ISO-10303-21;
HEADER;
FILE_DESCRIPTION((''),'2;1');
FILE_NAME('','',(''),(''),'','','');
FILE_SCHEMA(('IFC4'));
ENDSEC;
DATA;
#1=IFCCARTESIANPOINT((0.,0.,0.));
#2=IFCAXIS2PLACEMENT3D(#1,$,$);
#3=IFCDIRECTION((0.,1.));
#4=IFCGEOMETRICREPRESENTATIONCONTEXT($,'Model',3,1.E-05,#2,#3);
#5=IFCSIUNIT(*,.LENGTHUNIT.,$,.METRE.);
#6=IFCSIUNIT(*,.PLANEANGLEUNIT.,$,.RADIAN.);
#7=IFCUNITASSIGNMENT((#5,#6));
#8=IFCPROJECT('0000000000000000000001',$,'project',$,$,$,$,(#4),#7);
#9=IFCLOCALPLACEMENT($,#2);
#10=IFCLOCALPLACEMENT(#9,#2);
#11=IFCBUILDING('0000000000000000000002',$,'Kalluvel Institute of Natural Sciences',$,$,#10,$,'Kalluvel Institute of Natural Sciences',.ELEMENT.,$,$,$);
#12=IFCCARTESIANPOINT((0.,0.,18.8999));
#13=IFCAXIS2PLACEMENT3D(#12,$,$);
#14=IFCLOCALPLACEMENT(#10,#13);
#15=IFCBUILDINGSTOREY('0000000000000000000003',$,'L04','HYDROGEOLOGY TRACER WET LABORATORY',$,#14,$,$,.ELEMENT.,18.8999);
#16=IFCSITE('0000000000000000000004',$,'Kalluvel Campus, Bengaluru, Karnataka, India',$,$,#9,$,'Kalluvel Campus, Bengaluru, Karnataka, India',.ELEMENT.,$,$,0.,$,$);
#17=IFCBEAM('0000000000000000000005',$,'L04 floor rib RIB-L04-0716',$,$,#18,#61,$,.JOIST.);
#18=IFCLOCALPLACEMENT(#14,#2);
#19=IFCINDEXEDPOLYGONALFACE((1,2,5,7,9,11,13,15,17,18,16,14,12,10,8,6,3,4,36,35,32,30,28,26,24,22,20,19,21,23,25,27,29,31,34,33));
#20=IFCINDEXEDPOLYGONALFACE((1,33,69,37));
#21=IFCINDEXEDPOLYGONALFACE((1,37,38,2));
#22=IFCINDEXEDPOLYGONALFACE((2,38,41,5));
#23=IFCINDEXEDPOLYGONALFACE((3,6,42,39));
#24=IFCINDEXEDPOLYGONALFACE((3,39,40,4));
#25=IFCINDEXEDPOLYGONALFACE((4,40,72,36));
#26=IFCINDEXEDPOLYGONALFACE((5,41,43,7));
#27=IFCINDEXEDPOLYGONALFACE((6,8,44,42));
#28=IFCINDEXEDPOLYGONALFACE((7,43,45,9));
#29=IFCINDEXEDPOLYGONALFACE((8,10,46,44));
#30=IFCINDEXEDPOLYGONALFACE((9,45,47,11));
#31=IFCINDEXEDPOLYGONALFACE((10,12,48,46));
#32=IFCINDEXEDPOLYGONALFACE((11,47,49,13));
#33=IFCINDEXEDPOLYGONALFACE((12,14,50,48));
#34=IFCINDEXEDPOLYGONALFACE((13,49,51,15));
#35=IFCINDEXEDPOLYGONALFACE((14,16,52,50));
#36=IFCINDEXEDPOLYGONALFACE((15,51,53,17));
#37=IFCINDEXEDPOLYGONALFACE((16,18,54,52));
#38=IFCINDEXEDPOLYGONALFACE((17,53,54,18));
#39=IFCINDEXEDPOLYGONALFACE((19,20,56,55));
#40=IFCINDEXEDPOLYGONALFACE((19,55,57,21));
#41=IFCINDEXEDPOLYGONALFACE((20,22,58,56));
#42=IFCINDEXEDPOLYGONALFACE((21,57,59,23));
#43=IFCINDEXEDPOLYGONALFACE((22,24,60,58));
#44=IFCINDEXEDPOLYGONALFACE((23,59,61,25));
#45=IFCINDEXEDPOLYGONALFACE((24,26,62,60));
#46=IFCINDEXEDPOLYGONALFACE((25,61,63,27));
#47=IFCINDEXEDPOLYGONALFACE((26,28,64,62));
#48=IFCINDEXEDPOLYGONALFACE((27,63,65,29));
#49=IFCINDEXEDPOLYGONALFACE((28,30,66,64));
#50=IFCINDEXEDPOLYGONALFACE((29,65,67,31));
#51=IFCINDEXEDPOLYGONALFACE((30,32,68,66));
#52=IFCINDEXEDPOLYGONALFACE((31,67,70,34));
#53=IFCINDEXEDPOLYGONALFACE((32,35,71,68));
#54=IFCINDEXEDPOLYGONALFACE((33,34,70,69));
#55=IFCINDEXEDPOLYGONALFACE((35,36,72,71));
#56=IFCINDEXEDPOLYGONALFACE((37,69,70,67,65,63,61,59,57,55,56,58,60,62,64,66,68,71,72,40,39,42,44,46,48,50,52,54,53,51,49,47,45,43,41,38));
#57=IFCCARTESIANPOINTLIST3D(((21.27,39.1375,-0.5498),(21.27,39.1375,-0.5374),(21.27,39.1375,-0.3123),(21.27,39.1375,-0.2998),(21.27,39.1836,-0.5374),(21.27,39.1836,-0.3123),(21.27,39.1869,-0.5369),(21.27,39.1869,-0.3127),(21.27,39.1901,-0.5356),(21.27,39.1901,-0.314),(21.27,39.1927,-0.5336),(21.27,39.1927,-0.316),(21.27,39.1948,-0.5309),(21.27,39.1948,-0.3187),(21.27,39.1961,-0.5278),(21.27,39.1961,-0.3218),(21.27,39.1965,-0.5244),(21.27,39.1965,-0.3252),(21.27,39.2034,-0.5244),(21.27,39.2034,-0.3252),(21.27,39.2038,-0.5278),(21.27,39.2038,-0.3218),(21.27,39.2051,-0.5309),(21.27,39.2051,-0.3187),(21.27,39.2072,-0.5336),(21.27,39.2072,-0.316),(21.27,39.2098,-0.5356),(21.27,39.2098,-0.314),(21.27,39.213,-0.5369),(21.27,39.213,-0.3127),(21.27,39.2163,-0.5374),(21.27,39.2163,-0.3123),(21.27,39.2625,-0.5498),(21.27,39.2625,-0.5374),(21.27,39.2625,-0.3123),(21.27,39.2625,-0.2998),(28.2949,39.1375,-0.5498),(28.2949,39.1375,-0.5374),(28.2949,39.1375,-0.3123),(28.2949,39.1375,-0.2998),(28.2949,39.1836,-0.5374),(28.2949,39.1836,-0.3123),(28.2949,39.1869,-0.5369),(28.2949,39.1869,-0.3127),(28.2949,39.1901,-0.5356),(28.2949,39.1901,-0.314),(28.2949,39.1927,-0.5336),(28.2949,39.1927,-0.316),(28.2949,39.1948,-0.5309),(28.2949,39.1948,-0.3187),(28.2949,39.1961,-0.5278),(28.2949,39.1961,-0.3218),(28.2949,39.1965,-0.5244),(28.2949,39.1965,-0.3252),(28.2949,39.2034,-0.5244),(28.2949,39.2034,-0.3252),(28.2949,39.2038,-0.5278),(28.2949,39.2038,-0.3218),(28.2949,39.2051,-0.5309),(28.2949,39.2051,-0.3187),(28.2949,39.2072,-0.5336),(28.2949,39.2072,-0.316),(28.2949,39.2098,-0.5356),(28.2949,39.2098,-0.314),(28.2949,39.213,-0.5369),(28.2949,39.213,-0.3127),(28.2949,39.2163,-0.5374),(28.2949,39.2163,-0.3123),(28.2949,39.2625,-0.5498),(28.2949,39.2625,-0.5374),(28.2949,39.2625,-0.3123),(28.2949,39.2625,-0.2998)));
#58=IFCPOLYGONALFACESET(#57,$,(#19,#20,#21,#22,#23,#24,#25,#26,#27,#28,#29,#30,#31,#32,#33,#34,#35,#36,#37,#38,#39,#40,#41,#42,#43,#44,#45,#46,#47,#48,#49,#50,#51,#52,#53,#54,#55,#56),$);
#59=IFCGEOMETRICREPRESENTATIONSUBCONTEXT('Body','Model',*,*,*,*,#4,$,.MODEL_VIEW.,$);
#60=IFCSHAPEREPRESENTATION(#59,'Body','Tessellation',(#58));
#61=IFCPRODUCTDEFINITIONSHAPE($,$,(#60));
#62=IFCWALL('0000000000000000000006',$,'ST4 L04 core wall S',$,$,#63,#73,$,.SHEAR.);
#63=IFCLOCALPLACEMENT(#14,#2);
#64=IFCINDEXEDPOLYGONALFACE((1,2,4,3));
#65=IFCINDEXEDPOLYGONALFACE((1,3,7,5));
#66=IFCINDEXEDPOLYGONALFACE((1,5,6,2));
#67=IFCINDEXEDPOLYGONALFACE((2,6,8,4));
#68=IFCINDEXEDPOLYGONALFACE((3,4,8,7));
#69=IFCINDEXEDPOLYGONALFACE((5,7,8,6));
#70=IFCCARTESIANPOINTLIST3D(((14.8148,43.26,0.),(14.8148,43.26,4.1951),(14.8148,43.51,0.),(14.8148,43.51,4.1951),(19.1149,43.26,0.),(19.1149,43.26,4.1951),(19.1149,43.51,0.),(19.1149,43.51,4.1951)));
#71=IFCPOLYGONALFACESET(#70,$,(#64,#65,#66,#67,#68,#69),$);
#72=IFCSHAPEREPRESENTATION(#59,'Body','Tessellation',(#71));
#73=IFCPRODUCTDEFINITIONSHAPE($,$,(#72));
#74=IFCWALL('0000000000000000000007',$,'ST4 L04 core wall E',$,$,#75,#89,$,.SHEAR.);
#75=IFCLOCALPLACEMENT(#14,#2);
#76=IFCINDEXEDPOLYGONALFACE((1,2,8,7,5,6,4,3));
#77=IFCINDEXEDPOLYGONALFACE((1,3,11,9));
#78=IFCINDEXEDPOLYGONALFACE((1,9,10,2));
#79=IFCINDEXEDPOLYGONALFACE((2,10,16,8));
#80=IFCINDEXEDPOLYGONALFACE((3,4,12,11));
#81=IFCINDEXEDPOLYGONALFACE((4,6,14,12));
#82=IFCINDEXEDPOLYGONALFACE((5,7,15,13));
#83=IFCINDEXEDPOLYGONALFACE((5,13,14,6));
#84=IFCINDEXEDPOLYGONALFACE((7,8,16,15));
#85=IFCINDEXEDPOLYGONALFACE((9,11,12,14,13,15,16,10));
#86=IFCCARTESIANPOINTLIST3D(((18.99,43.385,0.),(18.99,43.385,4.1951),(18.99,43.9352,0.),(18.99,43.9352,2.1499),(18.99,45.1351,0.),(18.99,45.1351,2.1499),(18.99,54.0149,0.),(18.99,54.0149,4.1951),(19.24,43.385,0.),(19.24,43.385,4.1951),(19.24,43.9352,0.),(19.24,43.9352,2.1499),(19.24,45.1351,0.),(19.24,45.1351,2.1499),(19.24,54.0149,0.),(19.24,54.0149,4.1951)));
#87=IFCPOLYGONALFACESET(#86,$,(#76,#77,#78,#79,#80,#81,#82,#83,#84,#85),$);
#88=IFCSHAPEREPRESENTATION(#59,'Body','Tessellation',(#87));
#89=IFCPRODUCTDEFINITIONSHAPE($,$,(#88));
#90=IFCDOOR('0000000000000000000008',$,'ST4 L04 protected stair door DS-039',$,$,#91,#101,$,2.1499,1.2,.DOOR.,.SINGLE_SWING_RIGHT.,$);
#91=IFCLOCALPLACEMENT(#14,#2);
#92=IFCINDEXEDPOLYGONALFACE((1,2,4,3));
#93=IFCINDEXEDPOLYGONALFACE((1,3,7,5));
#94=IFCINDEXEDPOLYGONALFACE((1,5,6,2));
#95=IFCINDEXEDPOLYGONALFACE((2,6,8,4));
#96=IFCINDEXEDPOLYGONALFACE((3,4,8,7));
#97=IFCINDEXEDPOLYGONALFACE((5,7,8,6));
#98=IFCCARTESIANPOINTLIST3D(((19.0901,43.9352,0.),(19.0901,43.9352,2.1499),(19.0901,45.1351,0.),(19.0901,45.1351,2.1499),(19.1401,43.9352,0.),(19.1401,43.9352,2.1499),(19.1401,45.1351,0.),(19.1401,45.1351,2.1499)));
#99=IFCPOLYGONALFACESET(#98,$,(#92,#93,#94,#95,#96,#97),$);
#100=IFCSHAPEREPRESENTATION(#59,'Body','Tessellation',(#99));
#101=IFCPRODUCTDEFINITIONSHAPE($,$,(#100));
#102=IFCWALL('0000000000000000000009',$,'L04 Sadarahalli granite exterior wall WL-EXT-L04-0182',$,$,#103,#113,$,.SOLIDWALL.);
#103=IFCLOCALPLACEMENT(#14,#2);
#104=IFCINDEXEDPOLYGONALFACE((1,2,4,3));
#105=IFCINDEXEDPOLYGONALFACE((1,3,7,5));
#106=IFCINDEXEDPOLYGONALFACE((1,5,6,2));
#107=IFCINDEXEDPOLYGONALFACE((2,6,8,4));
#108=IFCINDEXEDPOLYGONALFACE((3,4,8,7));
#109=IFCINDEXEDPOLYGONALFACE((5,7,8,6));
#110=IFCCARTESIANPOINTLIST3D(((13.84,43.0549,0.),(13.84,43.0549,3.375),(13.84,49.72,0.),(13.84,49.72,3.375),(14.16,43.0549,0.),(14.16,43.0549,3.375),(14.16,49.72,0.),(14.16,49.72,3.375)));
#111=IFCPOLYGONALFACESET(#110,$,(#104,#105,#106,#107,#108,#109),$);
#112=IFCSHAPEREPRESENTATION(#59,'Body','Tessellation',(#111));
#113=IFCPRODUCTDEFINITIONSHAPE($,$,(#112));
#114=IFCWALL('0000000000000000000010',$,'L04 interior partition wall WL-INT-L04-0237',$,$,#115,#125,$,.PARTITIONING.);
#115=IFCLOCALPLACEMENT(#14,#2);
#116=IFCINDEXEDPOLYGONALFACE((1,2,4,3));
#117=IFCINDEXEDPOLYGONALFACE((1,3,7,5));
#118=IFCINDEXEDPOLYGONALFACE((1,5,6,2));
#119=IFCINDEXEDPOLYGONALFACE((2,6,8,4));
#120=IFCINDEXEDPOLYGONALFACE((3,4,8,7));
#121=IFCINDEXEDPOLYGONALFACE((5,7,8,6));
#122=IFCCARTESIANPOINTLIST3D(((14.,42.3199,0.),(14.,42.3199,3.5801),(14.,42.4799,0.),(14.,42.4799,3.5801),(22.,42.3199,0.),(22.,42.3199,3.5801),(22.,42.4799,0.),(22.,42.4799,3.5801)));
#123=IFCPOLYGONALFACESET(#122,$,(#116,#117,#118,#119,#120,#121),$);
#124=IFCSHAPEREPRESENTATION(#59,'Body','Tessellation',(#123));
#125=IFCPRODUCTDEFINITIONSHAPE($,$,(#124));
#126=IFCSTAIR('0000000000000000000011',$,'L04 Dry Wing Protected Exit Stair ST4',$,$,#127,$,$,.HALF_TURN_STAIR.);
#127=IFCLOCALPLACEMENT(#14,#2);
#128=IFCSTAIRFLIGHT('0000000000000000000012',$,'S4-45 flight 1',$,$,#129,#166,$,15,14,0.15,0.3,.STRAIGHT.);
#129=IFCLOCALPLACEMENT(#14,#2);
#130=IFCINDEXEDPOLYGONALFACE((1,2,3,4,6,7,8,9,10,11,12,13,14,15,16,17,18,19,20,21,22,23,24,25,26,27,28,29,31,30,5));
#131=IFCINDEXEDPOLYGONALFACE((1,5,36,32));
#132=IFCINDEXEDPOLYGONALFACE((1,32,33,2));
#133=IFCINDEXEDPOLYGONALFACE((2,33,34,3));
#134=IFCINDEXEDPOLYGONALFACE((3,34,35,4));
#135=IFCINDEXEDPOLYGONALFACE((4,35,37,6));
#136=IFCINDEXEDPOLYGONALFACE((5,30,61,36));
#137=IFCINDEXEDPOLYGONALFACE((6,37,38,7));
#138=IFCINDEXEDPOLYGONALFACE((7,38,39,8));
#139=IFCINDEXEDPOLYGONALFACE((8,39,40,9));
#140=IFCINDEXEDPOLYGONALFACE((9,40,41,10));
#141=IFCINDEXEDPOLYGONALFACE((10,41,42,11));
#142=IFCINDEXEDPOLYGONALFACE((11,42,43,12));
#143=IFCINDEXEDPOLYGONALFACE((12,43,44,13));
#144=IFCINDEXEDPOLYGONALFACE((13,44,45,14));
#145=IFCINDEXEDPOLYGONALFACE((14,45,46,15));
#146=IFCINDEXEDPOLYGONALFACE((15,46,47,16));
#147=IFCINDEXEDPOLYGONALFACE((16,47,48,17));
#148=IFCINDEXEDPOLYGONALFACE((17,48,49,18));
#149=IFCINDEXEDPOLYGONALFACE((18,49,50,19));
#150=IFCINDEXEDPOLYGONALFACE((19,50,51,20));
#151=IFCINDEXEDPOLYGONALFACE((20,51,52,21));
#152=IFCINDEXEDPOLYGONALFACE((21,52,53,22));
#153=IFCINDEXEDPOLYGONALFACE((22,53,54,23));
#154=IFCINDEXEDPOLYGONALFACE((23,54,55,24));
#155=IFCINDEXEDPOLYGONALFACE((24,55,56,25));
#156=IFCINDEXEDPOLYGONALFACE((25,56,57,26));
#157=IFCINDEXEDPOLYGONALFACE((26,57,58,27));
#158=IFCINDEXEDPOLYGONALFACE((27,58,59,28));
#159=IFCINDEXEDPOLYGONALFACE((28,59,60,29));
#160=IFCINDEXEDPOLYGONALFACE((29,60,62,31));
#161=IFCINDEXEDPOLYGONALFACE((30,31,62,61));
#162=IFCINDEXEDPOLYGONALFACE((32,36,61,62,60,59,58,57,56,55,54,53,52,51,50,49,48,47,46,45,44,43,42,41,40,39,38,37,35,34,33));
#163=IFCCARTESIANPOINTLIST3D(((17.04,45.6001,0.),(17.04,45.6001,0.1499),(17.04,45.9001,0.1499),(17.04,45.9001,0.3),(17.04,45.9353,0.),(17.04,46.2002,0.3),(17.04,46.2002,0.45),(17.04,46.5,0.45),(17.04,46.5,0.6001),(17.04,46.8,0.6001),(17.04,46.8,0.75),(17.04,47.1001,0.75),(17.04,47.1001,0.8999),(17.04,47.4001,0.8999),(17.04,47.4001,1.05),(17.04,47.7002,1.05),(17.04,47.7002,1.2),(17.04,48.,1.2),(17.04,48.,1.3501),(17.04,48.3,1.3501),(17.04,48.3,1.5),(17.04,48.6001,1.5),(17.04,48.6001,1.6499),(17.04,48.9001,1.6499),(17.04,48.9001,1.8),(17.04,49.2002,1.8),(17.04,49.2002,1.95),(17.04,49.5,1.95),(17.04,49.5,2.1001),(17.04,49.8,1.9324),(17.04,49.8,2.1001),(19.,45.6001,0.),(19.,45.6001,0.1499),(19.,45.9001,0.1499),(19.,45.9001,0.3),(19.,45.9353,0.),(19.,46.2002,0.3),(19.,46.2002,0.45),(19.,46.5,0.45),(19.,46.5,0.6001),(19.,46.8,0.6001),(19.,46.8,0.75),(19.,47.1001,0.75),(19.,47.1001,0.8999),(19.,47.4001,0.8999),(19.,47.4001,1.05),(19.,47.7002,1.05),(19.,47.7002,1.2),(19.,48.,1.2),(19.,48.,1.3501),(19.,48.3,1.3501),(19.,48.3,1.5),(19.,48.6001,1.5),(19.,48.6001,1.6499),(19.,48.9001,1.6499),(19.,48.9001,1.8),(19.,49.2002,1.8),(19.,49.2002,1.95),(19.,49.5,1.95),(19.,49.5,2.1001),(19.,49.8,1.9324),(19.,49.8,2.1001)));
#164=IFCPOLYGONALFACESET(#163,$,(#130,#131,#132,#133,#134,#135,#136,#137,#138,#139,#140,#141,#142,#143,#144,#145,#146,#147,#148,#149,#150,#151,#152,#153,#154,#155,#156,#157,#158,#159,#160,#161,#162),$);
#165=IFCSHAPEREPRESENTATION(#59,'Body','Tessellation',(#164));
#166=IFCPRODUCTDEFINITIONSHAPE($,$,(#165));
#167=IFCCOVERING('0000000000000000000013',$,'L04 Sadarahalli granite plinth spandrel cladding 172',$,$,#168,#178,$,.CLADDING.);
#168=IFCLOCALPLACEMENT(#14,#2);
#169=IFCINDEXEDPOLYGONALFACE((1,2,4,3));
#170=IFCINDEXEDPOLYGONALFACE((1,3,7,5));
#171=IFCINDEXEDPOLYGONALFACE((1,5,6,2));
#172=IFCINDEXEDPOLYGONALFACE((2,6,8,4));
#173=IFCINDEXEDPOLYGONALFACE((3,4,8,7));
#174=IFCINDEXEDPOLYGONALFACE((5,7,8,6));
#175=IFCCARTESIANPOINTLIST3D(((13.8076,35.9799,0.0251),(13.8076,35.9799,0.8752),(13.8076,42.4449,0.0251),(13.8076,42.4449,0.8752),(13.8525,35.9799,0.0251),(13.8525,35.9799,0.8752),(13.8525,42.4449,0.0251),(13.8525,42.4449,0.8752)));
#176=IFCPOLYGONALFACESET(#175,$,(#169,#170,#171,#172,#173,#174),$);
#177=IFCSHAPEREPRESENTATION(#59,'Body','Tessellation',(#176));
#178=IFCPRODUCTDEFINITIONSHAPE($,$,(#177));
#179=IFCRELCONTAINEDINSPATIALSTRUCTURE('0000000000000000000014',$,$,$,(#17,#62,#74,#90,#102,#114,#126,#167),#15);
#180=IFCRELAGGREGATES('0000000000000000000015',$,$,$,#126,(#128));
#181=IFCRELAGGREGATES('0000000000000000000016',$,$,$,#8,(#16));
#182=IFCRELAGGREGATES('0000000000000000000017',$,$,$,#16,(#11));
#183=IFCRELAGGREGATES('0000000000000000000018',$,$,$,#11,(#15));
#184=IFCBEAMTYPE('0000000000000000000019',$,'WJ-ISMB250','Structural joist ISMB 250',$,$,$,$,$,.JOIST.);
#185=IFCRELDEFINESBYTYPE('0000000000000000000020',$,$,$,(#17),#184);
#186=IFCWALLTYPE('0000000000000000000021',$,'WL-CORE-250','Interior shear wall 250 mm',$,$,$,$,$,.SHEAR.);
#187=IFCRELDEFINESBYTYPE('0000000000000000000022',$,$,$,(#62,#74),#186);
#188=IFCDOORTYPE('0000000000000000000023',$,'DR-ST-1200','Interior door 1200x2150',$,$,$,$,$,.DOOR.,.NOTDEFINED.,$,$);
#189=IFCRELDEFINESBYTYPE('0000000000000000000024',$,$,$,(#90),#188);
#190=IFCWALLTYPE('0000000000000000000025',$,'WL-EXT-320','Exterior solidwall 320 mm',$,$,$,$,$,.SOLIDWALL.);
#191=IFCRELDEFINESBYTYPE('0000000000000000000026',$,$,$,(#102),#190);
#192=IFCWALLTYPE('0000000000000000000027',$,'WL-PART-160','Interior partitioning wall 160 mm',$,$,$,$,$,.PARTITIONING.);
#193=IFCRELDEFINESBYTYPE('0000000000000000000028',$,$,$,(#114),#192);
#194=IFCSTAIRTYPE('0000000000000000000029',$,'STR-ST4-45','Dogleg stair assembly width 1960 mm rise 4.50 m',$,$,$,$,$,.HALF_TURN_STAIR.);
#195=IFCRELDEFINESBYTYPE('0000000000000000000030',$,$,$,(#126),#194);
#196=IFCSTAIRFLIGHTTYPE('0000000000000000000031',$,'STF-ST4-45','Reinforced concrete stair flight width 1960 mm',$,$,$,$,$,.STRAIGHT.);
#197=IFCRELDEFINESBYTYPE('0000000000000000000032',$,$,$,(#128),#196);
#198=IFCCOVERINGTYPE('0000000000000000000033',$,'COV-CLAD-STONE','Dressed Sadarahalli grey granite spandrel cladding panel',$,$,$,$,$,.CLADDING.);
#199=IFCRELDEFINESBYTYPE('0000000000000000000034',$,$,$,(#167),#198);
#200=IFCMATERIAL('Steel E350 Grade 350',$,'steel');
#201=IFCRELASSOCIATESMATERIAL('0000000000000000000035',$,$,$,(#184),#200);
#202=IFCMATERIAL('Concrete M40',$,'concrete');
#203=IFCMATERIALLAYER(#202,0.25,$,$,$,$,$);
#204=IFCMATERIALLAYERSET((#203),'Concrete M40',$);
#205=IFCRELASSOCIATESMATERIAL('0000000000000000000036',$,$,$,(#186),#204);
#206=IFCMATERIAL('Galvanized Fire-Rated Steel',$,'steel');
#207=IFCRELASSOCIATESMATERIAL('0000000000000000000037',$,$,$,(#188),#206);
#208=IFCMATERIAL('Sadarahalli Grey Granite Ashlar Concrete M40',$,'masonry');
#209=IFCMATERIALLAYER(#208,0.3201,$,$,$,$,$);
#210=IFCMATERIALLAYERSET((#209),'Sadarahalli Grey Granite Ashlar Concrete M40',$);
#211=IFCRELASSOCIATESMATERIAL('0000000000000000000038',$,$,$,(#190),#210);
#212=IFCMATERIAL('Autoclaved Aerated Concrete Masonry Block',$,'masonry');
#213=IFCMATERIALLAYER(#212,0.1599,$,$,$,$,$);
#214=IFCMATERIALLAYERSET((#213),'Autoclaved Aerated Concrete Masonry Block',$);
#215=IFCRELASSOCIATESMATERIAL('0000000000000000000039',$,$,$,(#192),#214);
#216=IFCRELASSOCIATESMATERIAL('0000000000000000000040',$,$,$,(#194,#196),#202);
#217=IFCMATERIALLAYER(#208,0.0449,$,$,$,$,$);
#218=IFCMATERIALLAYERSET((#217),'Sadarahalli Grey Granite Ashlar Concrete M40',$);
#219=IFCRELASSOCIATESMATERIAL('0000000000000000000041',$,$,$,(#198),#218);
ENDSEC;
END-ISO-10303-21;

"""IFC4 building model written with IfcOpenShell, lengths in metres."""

from ifc_helpers import new_model, si_unit, direction, frame, frame_2d, origin, origin_2d, place, context, subcontext, project, spatial, polyline, rectangle, i_section, outline, extrude, material, layer, layer_set, material_profile, profile_set, type_object, element, fill, aggregate, save


model = new_model("IFC4")

# Units and contexts
model_context = context("Model", 3, precision=1e-05, world=origin(), true_north=direction((0.0, 1.0)))
body_context = subcontext(model_context, "Body", "Model", "MODEL_VIEW")
ifc_project = project(units=[si_unit("LENGTHUNIT", "METRE"), si_unit("PLANEANGLEUNIT", "RADIAN")], contexts=[model_context])

# Site, building, storey
site_placement = place(None, origin())
site = spatial("IfcSite", under=ifc_project, at=site_placement, Name="Kalluvel Campus, Bengaluru, Karnataka, India", LongName="Kalluvel Campus, Bengaluru, Karnataka, India", CompositionType="ELEMENT", RefElevation=0.0)
building_placement = place(site_placement, origin())
building = spatial("IfcBuilding", under=site, at=building_placement, Name="Kalluvel Institute of Natural Sciences", LongName="Kalluvel Institute of Natural Sciences", CompositionType="ELEMENT")
storey_placement = place(building_placement, frame((0.0, 0.0, 18.8999)))
storey = spatial("IfcBuildingStorey", under=building, at=storey_placement, Name="L04", Description="HYDROGEOLOGY TRACER WET LABORATORY", CompositionType="ELEMENT", Elevation=18.8999)

# Shared definitions
ifc_material_1 = material(Name="Concrete M40", Category="concrete")

# Beam
ifc_material_2 = material(Name="Steel E350 Grade 350", Category="steel")
ifc_material_profile_1 = material_profile(ifc_material_2, i_section(OverallWidth=0.125, OverallDepth=0.25, WebThickness=0.0068, FlangeThickness=0.0125, FilletRadius=0.0129, at=origin_2d()), Name="ISMB 250")
ifc_profile_set_1 = profile_set([ifc_material_profile_1], Name="Steel E350 Grade 350")
beam_type_1 = type_object("IfcBeamType", Name="WJ-ISMB250", Description="Structural joist ISMB 250", PredefinedType="JOIST", material=ifc_profile_set_1)
beam_1_placement = place(storey_placement, frame((21.27, 39.2, -0.4248), z_axis=(1.0, 0.0, 0.0), x_axis=(0.0, 1.0, 0.0)))
element("IfcBeam", 1, at=beam_1_placement, inside=storey, type_object=beam_type_1, Name="L04 floor rib RIB-L04-0716", PredefinedType="JOIST", context=body_context, shape_type="SweptSolid", body=[
    extrude(i_section(OverallWidth=0.125, OverallDepth=0.25, WebThickness=0.0068, FlangeThickness=0.0125, FilletRadius=0.0129, at=origin_2d()), origin(), (0.0, 0.0, 1.0), 7.0249),
])

# Wall
ifc_layer_1 = layer(ifc_material_1, 0.25)
ifc_layer_set_1 = layer_set([ifc_layer_1], Name="Concrete M40")
wall_type_1 = type_object("IfcWallType", Name="WL-CORE-250", Description="Interior shear wall 250 mm", PredefinedType="SHEAR", material=ifc_layer_set_1)
wall_1_placement = place(storey_placement, frame((14.8149, 43.385, 0.0), z_axis=(0.0, 0.0, 1.0), x_axis=(1.0, 0.0, 0.0)))
element("IfcWall", 2, at=wall_1_placement, inside=storey, type_object=wall_type_1, Name="ST4 L04 core wall S", PredefinedType="SHEAR", context=body_context, shape_type="SweptSolid", body=[
    extrude(rectangle(XDim=4.3, YDim=0.25, at=frame_2d((2.1499, 0.0))), origin(), (0.0, 0.0, 1.0), 4.1951),
])

# Wall, opening, door
wall_2_placement = place(storey_placement, frame((19.115, 43.385, 0.0), z_axis=(0.0, 0.0, 1.0), x_axis=(0.0, 1.0, 0.0)))
wall_2 = element("IfcWall", 3, at=wall_2_placement, inside=storey, type_object=wall_type_1, Name="ST4 L04 core wall E", PredefinedType="SHEAR", context=body_context, shape_type="SweptSolid", body=[
    extrude(rectangle(XDim=10.6299, YDim=0.25, at=frame_2d((5.3149, 0.0))), origin(), (0.0, 0.0, 1.0), 4.1951),
])
opening_placement = place(wall_2_placement, frame((0.55, 0.0, 0.0)))
opening = element("IfcOpeningElement", 4, at=opening_placement, cuts=wall_2, PredefinedType="OPENING", context=body_context, shape_type="SweptSolid", body=[
    extrude(rectangle(XDim=1.2, YDim=2.1499, at=frame_2d((0.6001, 1.075))), frame((0.0, 0.135, 0.0), z_axis=(0.0, -1.0, 0.0), x_axis=(1.0, 0.0, 0.0)), (0.0, 0.0, 1.0), 0.27),
])
ifc_material_3 = material(Name="Galvanized Fire-Rated Steel", Category="steel")
door_type = type_object("IfcDoorType", Name="DR-ST-1200", Description="Interior door 1200x2150", OperationType="NOTDEFINED", PredefinedType="DOOR", material=ifc_material_3)
door_placement = place(opening_placement, origin())
door = element("IfcDoor", 5, at=door_placement, inside=storey, type_object=door_type, Name="ST4 L04 protected stair door DS-039", OperationType="SINGLE_SWING_RIGHT", OverallHeight=2.1499, OverallWidth=1.2, PredefinedType="DOOR", context=body_context, shape_type="SweptSolid", body=[
    extrude(rectangle(XDim=1.2, YDim=2.1499, at=frame_2d((0.6001, 1.075))), frame((0.0, 0.0249, 0.0), z_axis=(0.0, -1.0, 0.0), x_axis=(1.0, 0.0, 0.0)), (0.0, 0.0, 1.0), 0.05),
])
fill(opening, door)

# Walls
ifc_material_4 = material(Name="Sadarahalli Grey Granite Ashlar Concrete M40", Category="masonry")
ifc_layer_2 = layer(ifc_material_4, 0.3201)
ifc_layer_set_2 = layer_set([ifc_layer_2], Name="Sadarahalli Grey Granite Ashlar Concrete M40")
wall_type_2 = type_object("IfcWallType", Name="WL-EXT-320", Description="Exterior solidwall 320 mm", PredefinedType="SOLIDWALL", material=ifc_layer_set_2)
wall_3_placement = place(storey_placement, frame((14.0, 43.0549, 0.0), z_axis=(0.0, 0.0, 1.0), x_axis=(0.0, 1.0, 0.0)))
element("IfcWall", 6, at=wall_3_placement, inside=storey, type_object=wall_type_2, Name="L04 Sadarahalli granite exterior wall WL-EXT-L04-0182", PredefinedType="SOLIDWALL", context=body_context, shape_type="SweptSolid", body=[
    extrude(rectangle(XDim=6.665, YDim=0.3201, at=frame_2d((3.3325, 0.0))), origin(), (0.0, 0.0, 1.0), 3.375),
])
ifc_material_5 = material(Name="Autoclaved Aerated Concrete Masonry Block", Category="masonry")
ifc_layer_3 = layer(ifc_material_5, 0.1599)
ifc_layer_set_3 = layer_set([ifc_layer_3], Name="Autoclaved Aerated Concrete Masonry Block")
wall_type_3 = type_object("IfcWallType", Name="WL-PART-160", Description="Interior partitioning wall 160 mm", PredefinedType="PARTITIONING", material=ifc_layer_set_3)
wall_4_placement = place(storey_placement, frame((14.0, 42.3999, 0.0), z_axis=(0.0, 0.0, 1.0), x_axis=(1.0, 0.0, 0.0)))
element("IfcWall", 7, at=wall_4_placement, inside=storey, type_object=wall_type_3, Name="L04 interior partition wall WL-INT-L04-0237", PredefinedType="PARTITIONING", context=body_context, shape_type="SweptSolid", body=[
    extrude(rectangle(XDim=8.0, YDim=0.1599, at=frame_2d((4.0, 0.0))), origin(), (0.0, 0.0, 1.0), 3.5801),
])

# Stair, stair flight
stair_type = type_object("IfcStairType", Name="STR-ST4-45", Description="Dogleg stair assembly width 1960 mm rise 4.50 m", PredefinedType="HALF_TURN_STAIR", material=ifc_material_1)
stair_placement = place(storey_placement, origin())
stair = element("IfcStair", 8, at=stair_placement, inside=storey, type_object=stair_type, Name="L04 Dry Wing Protected Exit Stair ST4", PredefinedType="HALF_TURN_STAIR")
stair_flight_type = type_object("IfcStairFlightType", Name="STF-ST4-45", Description="Reinforced concrete stair flight width 1960 mm", PredefinedType="STRAIGHT", material=ifc_material_1)
stair_flight_placement = place(storey_placement, frame((18.02, 45.6001, 0.0), z_axis=(0.0, 0.0, 1.0), x_axis=(0.0, 1.0, 0.0)))
stair_flight = element("IfcStairFlight", 9, at=stair_flight_placement, type_object=stair_flight_type, Name="S4-45 flight 1", NumberOfRisers=15, NumberOfTreads=14, PredefinedType="STRAIGHT", RiserHeight=0.15, TreadLength=0.3, context=body_context, shape_type="SweptSolid", body=[
    extrude(outline(polyline([(0.0, 0.0), (0.0, 0.1499), (0.3, 0.1499), (0.3, 0.3), (0.6001, 0.3), (0.6001, 0.45), (0.8999, 0.45), (0.8999, 0.6001), (1.2, 0.6001), (1.2, 0.75), (1.5, 0.75), (1.5, 0.8999), (1.8, 0.8999), (1.8, 1.05), (2.1001, 1.05), (2.1001, 1.2), (2.3999, 1.2), (2.3999, 1.3501), (2.7, 1.3501), (2.7, 1.5), (3.0, 1.5), (3.0, 1.6499), (3.3, 1.6499), (3.3, 1.8), (3.6001, 1.8), (3.6001, 1.95), (3.8999, 1.95), (3.8999, 2.1001), (4.2, 2.1001), (4.2, 2.25), (4.2, 1.9324), (0.3352, 0.0), (0.0, 0.0)])), frame((0.0, 0.98, 0.0), z_axis=(0.0, -1.0, 0.0), x_axis=(1.0, 0.0, 0.0)), (0.0, 0.0, 1.0), 1.96),
])
aggregate(stair, [stair_flight])

# Covering
ifc_layer_4 = layer(ifc_material_4, 0.0449)
ifc_layer_set_4 = layer_set([ifc_layer_4], Name="Sadarahalli Grey Granite Ashlar Concrete M40")
covering_type = type_object("IfcCoveringType", Name="COV-CLAD-STONE", Description="Dressed Sadarahalli grey granite spandrel cladding panel", PredefinedType="CLADDING", material=ifc_layer_set_4)
for number, where, z_axis, x_axis, name in (
    (10, (13.8301, 39.2124, 0.0251), (0.0, 0.0, 1.0), (0.0, 1.0, 0.0), "L04 Sadarahalli granite plinth spandrel cladding 172"),
):
    element("IfcCovering", number, at=place(storey_placement, frame(where, z_axis=z_axis, x_axis=x_axis)), inside=storey, type_object=covering_type, Name=name, PredefinedType="CLADDING", context=body_context, shape_type="SweptSolid", body=[
        extrude(rectangle(XDim=6.4651, YDim=0.0449, at=origin_2d()), origin(), (0.0, 0.0, 1.0), 0.8501),
    ])

save(model, "model.ifc")
